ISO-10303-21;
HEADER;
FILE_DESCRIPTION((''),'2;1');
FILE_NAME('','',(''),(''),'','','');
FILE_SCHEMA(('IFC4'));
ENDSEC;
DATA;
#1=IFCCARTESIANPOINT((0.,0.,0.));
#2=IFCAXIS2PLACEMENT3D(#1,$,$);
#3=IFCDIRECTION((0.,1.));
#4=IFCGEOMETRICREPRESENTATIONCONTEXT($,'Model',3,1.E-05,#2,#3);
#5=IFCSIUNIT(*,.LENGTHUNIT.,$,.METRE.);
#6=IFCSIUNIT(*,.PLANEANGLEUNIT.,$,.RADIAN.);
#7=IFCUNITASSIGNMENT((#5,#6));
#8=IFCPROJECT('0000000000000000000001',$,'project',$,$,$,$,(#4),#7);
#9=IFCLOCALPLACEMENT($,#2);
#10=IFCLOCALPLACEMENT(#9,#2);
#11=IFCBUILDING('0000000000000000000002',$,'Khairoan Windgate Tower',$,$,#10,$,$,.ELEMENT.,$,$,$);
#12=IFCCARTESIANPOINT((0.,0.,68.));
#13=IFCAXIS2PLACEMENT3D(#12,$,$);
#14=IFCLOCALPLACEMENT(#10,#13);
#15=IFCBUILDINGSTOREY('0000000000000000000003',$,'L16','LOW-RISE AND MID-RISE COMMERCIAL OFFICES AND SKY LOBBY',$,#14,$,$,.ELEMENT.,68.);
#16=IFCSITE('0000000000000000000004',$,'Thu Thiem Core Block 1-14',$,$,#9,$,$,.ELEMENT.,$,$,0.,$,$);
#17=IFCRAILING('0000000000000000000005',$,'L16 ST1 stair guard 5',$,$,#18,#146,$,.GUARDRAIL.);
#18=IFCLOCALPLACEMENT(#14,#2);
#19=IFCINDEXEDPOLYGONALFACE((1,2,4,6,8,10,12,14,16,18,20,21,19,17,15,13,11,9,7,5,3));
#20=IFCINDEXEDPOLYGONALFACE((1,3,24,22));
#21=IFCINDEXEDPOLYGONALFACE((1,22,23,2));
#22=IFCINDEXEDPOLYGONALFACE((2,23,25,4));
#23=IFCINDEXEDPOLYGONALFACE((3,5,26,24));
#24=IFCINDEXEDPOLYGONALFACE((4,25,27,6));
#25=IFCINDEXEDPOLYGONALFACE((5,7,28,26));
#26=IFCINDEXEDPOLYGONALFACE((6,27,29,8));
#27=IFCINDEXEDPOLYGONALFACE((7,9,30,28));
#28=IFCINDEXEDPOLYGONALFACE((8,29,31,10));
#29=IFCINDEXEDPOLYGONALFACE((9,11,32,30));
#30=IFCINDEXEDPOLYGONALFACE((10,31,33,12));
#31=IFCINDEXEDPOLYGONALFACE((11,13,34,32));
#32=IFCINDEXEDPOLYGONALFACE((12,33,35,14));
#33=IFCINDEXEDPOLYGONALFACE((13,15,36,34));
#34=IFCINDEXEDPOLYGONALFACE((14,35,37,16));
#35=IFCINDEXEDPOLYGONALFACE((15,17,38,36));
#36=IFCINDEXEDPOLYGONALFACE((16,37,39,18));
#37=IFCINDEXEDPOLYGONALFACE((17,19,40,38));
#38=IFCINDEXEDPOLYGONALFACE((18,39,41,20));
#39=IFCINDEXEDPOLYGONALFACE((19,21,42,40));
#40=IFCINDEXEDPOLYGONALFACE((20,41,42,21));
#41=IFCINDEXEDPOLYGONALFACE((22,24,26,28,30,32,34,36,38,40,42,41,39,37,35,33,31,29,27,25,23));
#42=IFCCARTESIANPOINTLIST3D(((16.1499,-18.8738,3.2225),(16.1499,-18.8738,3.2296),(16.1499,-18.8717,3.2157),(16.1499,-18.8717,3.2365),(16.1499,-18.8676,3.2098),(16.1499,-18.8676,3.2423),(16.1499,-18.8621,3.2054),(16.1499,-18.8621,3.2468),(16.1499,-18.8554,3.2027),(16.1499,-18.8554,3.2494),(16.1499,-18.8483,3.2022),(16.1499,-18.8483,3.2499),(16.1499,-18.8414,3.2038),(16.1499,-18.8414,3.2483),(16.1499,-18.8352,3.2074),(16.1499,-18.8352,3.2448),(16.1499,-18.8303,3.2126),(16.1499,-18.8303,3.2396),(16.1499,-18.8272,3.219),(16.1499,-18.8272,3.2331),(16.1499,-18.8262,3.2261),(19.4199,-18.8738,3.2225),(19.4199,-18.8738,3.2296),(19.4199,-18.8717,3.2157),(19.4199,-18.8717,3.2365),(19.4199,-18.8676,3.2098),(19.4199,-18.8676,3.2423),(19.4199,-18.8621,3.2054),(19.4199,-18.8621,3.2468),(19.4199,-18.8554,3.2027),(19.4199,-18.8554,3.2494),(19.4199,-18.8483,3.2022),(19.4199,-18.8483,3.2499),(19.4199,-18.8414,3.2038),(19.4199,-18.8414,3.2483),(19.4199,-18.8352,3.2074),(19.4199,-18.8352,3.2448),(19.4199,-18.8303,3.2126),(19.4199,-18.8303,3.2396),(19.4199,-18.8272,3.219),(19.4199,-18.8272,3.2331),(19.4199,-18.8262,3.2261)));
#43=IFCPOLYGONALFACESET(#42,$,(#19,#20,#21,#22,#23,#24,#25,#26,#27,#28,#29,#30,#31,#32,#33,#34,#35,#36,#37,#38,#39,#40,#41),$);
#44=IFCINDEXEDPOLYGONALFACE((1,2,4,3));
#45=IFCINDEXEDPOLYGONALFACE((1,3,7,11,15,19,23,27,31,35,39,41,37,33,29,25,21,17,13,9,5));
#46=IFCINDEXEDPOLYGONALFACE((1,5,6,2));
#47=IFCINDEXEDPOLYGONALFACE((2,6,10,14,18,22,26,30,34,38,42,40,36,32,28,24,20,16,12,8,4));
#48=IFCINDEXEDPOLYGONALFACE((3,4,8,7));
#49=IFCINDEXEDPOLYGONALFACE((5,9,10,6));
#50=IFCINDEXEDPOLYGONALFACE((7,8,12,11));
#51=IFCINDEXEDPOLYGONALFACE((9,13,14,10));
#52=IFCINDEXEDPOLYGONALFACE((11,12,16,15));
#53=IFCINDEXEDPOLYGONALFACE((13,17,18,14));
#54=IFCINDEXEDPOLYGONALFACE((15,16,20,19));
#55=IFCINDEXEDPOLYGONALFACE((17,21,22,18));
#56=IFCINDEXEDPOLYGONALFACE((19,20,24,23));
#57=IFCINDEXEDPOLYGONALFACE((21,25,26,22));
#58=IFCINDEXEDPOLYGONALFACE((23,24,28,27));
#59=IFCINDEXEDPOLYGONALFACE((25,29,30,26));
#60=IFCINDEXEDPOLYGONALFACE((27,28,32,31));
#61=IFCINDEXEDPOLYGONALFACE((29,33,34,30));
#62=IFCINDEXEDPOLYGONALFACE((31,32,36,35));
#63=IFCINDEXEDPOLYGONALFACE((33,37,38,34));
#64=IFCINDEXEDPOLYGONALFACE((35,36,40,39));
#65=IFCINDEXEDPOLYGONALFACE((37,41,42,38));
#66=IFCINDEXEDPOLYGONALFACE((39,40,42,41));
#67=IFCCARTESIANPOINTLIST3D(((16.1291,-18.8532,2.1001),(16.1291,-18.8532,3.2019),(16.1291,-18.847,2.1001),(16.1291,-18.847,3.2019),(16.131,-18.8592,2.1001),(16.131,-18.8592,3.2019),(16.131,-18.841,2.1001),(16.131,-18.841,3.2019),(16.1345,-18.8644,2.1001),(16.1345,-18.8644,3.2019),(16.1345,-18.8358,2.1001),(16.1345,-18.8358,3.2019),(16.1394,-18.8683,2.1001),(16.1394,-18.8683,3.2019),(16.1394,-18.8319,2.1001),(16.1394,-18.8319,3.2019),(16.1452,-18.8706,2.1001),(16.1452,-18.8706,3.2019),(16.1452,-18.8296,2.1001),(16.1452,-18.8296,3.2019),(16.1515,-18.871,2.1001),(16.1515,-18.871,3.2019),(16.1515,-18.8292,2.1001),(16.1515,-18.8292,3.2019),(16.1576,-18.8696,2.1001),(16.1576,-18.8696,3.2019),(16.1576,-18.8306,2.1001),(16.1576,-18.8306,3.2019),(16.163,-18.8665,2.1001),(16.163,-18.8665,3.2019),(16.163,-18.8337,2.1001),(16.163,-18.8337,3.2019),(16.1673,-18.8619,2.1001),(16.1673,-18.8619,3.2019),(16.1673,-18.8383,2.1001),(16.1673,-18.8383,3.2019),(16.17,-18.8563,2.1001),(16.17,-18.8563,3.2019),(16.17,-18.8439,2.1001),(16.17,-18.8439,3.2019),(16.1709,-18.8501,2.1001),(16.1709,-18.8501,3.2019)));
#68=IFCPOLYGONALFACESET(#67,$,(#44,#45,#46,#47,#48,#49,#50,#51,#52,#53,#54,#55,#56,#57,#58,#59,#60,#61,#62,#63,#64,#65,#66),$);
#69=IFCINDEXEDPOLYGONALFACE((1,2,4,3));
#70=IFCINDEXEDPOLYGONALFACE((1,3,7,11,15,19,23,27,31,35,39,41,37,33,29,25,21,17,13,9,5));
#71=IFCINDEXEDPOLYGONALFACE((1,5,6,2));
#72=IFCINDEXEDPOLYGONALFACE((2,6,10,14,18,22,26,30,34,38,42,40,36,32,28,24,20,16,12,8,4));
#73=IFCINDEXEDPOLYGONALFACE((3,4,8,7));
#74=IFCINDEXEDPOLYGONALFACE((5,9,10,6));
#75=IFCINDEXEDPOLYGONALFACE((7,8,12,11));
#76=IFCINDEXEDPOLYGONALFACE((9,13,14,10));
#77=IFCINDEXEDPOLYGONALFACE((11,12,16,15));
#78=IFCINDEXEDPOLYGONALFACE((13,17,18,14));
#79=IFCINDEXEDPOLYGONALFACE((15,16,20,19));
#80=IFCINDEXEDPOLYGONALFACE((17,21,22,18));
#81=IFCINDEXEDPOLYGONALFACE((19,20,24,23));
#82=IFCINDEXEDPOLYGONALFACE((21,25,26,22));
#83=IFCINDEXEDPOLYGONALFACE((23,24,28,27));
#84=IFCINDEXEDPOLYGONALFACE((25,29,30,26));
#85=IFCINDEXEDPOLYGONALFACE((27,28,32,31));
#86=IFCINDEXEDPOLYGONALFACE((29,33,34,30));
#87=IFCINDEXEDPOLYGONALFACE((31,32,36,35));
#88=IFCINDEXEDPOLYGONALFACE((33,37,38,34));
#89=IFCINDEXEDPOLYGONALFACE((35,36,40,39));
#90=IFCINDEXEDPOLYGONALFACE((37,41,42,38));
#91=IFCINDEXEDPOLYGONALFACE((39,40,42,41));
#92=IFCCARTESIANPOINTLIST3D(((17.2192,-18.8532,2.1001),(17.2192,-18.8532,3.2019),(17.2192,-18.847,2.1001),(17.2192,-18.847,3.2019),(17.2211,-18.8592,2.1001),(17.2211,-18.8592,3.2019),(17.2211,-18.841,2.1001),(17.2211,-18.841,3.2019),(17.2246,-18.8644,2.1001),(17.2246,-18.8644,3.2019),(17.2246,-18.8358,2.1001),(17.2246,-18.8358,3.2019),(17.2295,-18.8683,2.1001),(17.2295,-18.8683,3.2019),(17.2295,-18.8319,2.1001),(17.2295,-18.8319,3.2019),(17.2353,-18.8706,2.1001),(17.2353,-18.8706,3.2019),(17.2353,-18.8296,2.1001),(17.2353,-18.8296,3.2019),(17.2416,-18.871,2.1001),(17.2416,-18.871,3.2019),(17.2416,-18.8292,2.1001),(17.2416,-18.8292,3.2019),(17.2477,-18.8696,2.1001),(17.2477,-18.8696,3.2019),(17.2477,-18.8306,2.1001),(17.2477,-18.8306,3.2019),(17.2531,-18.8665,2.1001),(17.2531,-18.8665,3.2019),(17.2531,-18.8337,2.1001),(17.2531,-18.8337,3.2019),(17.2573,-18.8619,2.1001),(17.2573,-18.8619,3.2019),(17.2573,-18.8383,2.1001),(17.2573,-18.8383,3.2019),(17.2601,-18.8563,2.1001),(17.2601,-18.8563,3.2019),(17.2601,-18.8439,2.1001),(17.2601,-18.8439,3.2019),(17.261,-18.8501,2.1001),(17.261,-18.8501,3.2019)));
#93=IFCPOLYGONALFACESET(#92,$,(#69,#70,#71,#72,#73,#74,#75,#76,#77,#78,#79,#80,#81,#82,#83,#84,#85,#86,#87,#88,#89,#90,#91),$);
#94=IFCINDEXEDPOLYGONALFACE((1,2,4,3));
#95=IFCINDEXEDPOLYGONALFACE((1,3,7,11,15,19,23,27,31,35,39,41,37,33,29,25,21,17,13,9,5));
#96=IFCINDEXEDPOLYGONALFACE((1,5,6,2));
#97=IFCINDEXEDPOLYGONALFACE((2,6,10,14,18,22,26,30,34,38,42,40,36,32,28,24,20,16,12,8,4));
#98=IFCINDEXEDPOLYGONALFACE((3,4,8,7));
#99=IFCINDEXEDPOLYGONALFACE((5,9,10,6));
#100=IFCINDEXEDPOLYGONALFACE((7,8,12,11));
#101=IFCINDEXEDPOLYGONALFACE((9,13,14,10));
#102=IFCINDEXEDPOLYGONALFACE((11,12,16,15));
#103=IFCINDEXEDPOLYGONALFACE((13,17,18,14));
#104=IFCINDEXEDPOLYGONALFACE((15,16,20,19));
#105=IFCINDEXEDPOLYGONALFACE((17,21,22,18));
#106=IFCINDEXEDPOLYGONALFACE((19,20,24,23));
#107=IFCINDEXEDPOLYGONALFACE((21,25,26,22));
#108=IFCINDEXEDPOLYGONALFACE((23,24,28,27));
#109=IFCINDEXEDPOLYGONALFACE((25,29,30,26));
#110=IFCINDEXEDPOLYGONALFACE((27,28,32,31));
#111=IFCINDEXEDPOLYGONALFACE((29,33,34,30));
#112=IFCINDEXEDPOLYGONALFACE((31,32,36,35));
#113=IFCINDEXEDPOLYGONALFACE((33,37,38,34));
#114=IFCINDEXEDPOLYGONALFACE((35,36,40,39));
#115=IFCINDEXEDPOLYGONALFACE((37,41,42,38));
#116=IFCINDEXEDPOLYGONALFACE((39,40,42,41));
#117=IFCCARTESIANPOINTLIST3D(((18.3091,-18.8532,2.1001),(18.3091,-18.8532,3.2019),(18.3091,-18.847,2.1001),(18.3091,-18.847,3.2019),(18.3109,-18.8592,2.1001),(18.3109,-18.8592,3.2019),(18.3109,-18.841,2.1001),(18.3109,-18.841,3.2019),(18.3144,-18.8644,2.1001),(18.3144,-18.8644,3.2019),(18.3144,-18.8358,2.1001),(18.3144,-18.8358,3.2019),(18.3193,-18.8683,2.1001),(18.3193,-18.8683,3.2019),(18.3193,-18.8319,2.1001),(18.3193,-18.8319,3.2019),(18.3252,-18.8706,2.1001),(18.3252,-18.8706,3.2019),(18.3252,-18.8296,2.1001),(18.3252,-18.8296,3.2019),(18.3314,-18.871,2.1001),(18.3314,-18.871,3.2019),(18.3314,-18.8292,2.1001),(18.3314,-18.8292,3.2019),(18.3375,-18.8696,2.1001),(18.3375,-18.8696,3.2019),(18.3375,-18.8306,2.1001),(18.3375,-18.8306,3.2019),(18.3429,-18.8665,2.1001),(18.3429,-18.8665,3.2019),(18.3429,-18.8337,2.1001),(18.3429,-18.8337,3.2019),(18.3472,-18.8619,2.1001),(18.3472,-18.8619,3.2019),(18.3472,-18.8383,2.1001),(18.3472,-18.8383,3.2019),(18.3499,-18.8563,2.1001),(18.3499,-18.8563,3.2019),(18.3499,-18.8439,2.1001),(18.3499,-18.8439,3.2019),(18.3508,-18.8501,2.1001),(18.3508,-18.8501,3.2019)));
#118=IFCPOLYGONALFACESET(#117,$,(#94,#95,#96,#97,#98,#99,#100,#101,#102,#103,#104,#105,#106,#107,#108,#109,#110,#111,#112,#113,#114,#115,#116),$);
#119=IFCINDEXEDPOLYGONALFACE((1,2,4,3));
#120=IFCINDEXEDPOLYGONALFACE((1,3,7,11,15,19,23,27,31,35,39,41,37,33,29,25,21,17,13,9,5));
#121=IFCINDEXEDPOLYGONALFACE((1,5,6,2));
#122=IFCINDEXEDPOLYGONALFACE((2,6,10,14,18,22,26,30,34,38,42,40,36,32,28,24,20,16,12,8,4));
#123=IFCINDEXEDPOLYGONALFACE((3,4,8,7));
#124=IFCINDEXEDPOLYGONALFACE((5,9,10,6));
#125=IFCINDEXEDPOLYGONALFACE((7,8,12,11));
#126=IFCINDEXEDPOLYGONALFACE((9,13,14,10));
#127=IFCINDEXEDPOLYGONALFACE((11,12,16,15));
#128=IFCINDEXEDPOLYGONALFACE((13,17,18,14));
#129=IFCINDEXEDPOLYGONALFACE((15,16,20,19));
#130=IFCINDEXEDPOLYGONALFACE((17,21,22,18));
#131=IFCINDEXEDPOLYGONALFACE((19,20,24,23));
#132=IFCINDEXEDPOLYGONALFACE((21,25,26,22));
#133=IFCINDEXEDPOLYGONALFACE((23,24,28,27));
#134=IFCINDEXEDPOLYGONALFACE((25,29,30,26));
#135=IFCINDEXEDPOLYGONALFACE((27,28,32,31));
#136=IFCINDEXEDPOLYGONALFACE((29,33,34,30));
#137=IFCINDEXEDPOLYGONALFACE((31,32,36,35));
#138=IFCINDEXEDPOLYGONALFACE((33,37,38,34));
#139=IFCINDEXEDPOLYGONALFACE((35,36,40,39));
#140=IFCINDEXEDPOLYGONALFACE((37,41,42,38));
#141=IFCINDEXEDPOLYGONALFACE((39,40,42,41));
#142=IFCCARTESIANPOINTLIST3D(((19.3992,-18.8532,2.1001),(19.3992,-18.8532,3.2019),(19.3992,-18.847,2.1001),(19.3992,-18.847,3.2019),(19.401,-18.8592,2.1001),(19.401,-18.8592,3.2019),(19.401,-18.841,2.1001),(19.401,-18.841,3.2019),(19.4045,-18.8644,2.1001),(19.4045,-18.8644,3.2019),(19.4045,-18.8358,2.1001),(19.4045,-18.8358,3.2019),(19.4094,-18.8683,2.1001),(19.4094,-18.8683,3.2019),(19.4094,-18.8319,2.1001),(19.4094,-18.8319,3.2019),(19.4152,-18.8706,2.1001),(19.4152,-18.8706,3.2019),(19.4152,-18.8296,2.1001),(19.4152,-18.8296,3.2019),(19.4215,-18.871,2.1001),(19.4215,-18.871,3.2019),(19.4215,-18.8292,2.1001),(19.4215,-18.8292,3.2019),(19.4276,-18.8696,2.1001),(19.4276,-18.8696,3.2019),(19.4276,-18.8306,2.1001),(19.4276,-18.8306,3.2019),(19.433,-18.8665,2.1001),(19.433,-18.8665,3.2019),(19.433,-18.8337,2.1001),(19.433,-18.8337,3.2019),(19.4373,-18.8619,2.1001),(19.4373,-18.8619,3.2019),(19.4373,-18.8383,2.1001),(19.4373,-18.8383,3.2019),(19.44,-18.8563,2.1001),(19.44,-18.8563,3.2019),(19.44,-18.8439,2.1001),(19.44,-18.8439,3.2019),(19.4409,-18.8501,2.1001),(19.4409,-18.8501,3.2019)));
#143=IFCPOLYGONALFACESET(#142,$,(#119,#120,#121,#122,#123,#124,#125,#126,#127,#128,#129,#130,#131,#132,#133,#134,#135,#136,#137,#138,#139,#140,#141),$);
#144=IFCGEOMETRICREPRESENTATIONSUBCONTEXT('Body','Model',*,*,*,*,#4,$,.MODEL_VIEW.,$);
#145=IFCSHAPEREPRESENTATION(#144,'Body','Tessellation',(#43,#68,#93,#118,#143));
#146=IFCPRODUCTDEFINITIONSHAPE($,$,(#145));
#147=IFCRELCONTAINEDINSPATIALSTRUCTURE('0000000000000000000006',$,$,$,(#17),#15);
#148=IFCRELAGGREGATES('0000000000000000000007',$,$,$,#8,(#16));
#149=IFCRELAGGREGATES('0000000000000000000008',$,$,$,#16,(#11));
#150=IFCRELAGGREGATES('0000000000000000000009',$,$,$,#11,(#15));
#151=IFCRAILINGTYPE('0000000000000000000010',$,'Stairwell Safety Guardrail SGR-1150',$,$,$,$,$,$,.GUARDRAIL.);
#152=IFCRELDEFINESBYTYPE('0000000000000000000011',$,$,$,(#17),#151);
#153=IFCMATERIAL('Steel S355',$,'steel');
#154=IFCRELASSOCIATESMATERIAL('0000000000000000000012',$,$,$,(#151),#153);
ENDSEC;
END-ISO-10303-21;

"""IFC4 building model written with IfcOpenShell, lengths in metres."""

from ifc_helpers import new_model, si_unit, direction, frame, origin, origin_2d, place, context, subcontext, project, spatial, circle, extrude, material, type_object, element, save


model = new_model("IFC4")

# Units and contexts
model_context = context("Model", 3, precision=1e-05, world=origin(), true_north=direction((0.0, 1.0)))
body_context = subcontext(model_context, "Body", "Model", "MODEL_VIEW")
ifc_project = project(units=[si_unit("LENGTHUNIT", "METRE"), si_unit("PLANEANGLEUNIT", "RADIAN")], contexts=[model_context])

# Site, building, storey
site_placement = place(None, origin())
site = spatial("IfcSite", under=ifc_project, at=site_placement, Name="Thu Thiem Core Block 1-14", CompositionType="ELEMENT", RefElevation=0.0)
building_placement = place(site_placement, origin())
building = spatial("IfcBuilding", under=site, at=building_placement, Name="Khairoan Windgate Tower", CompositionType="ELEMENT")
storey_placement = place(building_placement, frame((0.0, 0.0, 68.0)))
storey = spatial("IfcBuildingStorey", under=building, at=storey_placement, Name="L16", Description="LOW-RISE AND MID-RISE COMMERCIAL OFFICES AND SKY LOBBY", CompositionType="ELEMENT", Elevation=68.0)

# Railing
ifc_material_1 = material(Name="Steel S355", Category="steel")
railing_type = type_object("IfcRailingType", Name="Stairwell Safety Guardrail SGR-1150", PredefinedType="GUARDRAIL", material=ifc_material_1)
railing_1_placement = place(storey_placement, frame((16.1499, -18.8501, 2.1001)))
element("IfcRailing", 1, at=railing_1_placement, inside=storey, type_object=railing_type, Name="L16 ST1 stair guard 5", PredefinedType="GUARDRAIL", context=body_context, shape_type="SweptSolid", body=[
    extrude(circle(Radius=0.0239, at=origin_2d()), frame((0.0, 0.0, 1.126), z_axis=(1.0, 0.0, 0.0), x_axis=(0.0, 1.0, 0.0)), (0.0, 0.0, 1.0), 3.27),
    extrude(circle(Radius=0.021, at=origin_2d()), origin(), (0.0, 0.0, 1.0), 1.1018),
    extrude(circle(Radius=0.021, at=origin_2d()), frame((1.0901, 0.0, 0.0)), (0.0, 0.0, 1.0), 1.1018),
    extrude(circle(Radius=0.021, at=origin_2d()), frame((2.1799, 0.0, 0.0)), (0.0, 0.0, 1.0), 1.1018),
    extrude(circle(Radius=0.021, at=origin_2d()), frame((3.27, 0.0, 0.0)), (0.0, 0.0, 1.0), 1.1018),
])

save(model, "model.ifc")
